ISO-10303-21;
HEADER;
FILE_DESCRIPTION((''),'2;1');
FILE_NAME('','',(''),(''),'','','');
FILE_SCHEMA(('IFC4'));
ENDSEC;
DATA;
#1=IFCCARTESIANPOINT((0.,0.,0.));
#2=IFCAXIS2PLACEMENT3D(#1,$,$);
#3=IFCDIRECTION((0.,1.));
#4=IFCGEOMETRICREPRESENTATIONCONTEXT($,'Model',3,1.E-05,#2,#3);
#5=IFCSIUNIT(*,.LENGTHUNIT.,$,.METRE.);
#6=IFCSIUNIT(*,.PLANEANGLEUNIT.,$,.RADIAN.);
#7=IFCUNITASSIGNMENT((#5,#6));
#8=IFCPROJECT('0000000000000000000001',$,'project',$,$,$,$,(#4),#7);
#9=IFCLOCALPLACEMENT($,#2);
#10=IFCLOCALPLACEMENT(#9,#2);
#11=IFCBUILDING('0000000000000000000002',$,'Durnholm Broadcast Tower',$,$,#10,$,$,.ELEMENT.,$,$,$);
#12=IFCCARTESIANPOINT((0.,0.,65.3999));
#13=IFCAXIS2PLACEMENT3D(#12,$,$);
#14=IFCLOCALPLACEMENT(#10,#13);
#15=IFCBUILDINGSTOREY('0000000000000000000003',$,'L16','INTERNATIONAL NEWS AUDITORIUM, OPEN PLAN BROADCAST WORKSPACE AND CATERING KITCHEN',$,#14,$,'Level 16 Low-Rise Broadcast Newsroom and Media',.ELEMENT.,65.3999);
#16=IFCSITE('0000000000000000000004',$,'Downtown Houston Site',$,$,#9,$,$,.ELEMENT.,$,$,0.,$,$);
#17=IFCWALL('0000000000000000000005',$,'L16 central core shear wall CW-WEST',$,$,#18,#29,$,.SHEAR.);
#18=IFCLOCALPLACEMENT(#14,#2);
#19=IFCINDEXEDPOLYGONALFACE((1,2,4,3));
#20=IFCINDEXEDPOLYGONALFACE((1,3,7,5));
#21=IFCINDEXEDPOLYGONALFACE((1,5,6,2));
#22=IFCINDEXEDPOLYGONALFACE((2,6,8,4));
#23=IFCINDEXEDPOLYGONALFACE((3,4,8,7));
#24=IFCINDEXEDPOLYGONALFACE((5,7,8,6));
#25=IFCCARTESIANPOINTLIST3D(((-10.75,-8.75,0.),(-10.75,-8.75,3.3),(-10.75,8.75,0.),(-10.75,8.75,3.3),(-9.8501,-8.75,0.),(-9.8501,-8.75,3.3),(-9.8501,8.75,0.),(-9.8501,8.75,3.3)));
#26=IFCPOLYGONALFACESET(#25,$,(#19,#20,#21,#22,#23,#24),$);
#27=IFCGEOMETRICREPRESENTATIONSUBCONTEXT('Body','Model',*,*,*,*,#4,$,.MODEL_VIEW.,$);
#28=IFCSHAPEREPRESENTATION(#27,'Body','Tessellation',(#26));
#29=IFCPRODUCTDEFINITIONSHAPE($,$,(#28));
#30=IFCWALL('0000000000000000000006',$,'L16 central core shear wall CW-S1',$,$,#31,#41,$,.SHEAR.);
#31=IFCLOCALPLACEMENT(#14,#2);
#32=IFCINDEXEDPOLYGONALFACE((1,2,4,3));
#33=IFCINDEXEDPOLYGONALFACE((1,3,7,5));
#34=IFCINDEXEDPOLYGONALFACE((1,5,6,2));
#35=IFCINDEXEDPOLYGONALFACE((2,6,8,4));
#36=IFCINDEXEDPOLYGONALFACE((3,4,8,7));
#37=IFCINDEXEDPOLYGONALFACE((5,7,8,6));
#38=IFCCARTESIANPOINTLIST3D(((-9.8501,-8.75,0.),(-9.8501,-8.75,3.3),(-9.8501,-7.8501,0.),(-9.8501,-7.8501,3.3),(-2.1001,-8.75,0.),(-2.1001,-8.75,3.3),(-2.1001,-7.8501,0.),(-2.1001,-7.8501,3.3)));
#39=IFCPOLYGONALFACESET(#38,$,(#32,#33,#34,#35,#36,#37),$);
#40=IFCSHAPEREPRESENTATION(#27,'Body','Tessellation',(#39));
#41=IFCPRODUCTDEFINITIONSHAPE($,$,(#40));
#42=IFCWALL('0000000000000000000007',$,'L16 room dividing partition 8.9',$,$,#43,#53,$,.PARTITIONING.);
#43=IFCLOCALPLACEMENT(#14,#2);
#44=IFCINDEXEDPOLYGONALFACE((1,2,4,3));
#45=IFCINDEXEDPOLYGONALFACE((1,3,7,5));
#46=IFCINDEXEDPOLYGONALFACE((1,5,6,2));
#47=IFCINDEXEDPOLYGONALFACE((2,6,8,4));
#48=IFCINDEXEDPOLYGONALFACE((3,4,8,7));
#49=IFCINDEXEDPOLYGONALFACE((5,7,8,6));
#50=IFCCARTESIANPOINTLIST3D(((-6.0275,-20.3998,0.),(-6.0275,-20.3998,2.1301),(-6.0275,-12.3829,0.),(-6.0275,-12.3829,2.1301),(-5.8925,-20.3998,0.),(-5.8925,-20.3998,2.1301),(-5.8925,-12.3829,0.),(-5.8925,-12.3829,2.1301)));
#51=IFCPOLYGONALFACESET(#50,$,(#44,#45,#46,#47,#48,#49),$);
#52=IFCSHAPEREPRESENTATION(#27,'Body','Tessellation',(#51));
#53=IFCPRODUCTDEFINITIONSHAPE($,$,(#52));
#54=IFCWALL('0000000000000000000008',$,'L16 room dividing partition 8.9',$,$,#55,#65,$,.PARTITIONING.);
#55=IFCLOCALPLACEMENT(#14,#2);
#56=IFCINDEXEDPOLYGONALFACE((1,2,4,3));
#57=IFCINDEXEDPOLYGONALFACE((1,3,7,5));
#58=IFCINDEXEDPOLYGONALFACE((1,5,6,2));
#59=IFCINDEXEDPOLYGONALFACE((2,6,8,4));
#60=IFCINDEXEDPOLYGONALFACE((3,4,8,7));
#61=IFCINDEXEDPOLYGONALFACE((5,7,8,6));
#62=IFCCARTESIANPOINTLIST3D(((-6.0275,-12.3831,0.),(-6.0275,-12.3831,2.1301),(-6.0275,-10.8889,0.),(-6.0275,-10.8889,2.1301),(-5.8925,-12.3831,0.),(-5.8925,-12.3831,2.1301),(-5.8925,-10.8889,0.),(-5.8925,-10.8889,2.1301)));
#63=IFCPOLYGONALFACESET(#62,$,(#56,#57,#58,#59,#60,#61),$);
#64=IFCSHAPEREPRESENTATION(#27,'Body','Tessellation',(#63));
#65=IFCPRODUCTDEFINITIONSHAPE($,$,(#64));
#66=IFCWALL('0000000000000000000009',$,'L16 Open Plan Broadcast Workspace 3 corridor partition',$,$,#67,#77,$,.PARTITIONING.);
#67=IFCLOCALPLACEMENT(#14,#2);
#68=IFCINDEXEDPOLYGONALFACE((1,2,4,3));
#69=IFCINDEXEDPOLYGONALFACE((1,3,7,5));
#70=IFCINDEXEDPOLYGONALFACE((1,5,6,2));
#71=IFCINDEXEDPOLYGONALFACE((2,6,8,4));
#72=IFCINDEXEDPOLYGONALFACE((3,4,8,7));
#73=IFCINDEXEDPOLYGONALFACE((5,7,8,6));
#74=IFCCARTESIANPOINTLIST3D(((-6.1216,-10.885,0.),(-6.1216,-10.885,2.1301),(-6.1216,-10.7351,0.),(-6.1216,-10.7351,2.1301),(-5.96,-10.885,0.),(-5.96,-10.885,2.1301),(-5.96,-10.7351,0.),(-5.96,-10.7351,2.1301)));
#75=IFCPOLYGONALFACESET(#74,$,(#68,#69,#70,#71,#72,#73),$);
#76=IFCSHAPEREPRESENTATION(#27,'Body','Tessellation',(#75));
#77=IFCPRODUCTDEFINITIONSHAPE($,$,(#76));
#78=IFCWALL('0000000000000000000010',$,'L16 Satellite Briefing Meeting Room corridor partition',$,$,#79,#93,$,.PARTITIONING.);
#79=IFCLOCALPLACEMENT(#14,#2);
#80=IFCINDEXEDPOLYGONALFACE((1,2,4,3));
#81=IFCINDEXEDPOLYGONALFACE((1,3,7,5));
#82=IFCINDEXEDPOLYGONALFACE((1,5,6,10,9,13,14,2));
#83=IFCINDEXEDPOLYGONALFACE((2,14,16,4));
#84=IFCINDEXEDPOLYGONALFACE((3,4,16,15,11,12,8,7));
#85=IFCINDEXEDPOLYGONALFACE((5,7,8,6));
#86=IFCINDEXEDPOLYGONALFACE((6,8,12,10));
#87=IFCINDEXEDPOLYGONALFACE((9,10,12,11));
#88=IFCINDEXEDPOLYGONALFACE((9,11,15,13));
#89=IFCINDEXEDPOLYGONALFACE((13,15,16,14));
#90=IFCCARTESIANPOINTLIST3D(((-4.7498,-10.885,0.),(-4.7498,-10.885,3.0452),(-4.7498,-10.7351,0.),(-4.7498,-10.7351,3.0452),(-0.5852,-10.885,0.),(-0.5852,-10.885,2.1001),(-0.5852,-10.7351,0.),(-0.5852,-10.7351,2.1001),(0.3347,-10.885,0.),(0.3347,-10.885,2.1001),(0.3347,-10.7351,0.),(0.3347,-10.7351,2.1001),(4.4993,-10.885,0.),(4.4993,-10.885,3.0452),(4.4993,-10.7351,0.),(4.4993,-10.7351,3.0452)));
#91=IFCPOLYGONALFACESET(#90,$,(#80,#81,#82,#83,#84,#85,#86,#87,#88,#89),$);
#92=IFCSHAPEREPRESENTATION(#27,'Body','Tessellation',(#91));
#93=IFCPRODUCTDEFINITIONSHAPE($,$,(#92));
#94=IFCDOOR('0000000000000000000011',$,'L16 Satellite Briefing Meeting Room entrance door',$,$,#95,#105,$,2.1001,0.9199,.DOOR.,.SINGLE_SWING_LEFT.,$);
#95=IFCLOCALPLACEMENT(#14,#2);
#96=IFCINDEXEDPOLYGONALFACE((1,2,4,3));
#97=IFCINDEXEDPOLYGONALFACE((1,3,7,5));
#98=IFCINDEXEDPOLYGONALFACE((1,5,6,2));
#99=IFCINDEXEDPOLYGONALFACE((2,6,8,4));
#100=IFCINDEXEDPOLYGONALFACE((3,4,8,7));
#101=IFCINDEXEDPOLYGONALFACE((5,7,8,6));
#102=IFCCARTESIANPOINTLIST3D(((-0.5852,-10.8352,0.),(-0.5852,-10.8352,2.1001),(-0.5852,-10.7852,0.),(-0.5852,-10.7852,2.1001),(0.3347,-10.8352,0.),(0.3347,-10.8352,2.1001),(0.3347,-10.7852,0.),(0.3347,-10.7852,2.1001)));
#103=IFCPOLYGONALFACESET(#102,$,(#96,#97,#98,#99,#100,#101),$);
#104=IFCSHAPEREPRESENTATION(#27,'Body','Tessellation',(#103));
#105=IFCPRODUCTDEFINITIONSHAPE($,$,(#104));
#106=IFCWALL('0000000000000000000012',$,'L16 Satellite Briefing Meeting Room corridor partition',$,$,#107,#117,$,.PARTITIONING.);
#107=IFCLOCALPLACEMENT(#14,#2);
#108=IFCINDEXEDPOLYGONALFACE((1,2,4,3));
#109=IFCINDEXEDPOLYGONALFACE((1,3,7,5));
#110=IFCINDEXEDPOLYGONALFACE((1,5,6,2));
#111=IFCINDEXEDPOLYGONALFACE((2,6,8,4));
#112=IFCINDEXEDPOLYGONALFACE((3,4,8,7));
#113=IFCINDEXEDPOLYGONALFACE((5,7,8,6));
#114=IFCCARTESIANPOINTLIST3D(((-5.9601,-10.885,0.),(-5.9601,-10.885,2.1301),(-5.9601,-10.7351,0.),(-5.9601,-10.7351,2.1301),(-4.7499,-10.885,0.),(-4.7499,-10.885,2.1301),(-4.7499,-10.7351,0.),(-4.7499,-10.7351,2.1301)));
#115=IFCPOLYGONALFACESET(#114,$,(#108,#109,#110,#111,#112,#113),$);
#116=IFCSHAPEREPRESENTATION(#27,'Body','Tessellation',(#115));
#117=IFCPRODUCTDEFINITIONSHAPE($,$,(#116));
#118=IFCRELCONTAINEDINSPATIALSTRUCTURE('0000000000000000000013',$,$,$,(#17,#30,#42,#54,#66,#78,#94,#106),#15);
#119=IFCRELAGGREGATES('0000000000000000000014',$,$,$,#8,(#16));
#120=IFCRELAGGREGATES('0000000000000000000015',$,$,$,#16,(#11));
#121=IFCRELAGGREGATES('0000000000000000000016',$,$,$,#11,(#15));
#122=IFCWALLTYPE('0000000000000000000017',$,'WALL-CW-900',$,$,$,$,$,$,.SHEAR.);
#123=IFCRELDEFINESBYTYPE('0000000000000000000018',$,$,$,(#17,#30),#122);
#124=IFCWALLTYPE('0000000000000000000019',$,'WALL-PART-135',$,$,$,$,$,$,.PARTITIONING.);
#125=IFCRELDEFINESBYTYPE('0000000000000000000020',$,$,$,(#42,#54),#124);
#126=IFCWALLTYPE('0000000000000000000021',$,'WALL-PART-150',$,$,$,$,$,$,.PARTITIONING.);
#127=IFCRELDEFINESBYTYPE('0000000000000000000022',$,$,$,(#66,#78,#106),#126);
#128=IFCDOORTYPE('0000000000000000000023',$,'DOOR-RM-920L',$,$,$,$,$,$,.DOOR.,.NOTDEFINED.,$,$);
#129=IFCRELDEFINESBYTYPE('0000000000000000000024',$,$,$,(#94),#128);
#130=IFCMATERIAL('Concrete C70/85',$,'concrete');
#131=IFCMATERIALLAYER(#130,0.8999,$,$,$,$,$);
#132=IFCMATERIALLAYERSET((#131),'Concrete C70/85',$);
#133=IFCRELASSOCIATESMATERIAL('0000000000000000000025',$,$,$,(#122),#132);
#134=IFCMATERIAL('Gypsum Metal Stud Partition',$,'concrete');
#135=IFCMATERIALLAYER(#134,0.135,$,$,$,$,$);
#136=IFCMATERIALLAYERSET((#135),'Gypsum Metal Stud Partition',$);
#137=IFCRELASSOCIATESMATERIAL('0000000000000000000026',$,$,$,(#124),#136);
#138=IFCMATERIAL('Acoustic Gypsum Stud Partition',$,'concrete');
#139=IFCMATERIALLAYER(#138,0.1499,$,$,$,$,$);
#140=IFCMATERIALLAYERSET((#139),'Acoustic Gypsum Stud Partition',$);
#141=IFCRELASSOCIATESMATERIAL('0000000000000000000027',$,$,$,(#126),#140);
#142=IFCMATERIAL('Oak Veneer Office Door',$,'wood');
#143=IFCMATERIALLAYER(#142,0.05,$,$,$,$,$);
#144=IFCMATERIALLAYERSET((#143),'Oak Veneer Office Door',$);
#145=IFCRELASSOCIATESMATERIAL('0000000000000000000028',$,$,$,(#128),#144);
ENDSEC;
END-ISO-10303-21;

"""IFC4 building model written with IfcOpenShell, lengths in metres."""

from ifc_helpers import new_model, si_unit, direction, frame, frame_2d, origin, place, context, subcontext, project, spatial, rectangle, extrude, source, transform, mapped, material, layer, layer_set, type_object, type_shapes, element, fill, save


model = new_model("IFC4")

# Units and contexts
model_context = context("Model", 3, precision=1e-05, world=origin(), true_north=direction((0.0, 1.0)))
body_context = subcontext(model_context, "Body", "Model", "MODEL_VIEW")
ifc_project = project(units=[si_unit("LENGTHUNIT", "METRE"), si_unit("PLANEANGLEUNIT", "RADIAN")], contexts=[model_context])

# Site, building, storey
site_placement = place(None, origin())
site = spatial("IfcSite", under=ifc_project, at=site_placement, Name="Downtown Houston Site", CompositionType="ELEMENT", RefElevation=0.0)
building_placement = place(site_placement, origin())
building = spatial("IfcBuilding", under=site, at=building_placement, Name="Durnholm Broadcast Tower", CompositionType="ELEMENT")
storey_placement = place(building_placement, frame((0.0, 0.0, 65.3999)))
storey = spatial("IfcBuildingStorey", under=building, at=storey_placement, Name="L16", Description="INTERNATIONAL NEWS AUDITORIUM, OPEN PLAN BROADCAST WORKSPACE AND CATERING KITCHEN", LongName="Level 16 Low-Rise Broadcast Newsroom and Media", CompositionType="ELEMENT", Elevation=65.3999)

# Shared definitions
ifc_material_1 = material(Name="Concrete C70/85", Category="concrete")

# Walls
ifc_layer_1 = layer(ifc_material_1, 0.8999)
ifc_layer_set_1 = layer_set([ifc_layer_1], Name="Concrete C70/85")
wall_type_1 = type_object("IfcWallType", Name="WALL-CW-900", PredefinedType="SHEAR", material=ifc_layer_set_1)
wall_1_placement = place(storey_placement, frame((-10.3, -8.75, 0.0), z_axis=(0.0, 0.0, 1.0), x_axis=(0.0, 1.0, 0.0)))
element("IfcWall", 1, at=wall_1_placement, inside=storey, type_object=wall_type_1, Name="L16 central core shear wall CW-WEST", PredefinedType="SHEAR", context=body_context, shape_type="SweptSolid", body=[
    extrude(rectangle(XDim=17.5, YDim=0.8999, at=frame_2d((8.75, 0.0))), origin(), (0.0, 0.0, 1.0), 3.3),
])
wall_2_placement = place(storey_placement, frame((-9.8501, -8.3, 0.0), z_axis=(0.0, 0.0, 1.0), x_axis=(1.0, 0.0, 0.0)))
element("IfcWall", 2, at=wall_2_placement, inside=storey, type_object=wall_type_1, Name="L16 central core shear wall CW-S1", PredefinedType="SHEAR", context=body_context, shape_type="SweptSolid", body=[
    extrude(rectangle(XDim=7.75, YDim=0.8999, at=frame_2d((3.875, 0.0))), origin(), (0.0, 0.0, 1.0), 3.3),
])
ifc_material_2 = material(Name="Gypsum Metal Stud Partition", Category="concrete")
ifc_layer_2 = layer(ifc_material_2, 0.135)
ifc_layer_set_2 = layer_set([ifc_layer_2], Name="Gypsum Metal Stud Partition")
wall_type_2 = type_object("IfcWallType", Name="WALL-PART-135", PredefinedType="PARTITIONING", material=ifc_layer_set_2)
wall_3_placement = place(storey_placement, frame((-5.96, -12.3831, 0.0), z_axis=(0.0, 0.0, 1.0), x_axis=(0.0, -1.0, 0.0)))
element("IfcWall", 3, at=wall_3_placement, inside=storey, type_object=wall_type_2, Name="L16 room dividing partition 8.9", PredefinedType="PARTITIONING", context=body_context, shape_type="SweptSolid", body=[
    extrude(rectangle(XDim=8.0168, YDim=0.135, at=frame_2d((4.0083, 0.0))), origin(), (0.0, 0.0, 1.0), 2.1301),
])
wall_4_placement = place(storey_placement, frame((-5.96, -10.8889, 0.0), z_axis=(0.0, 0.0, 1.0), x_axis=(0.0, -1.0, 0.0)))
element("IfcWall", 4, at=wall_4_placement, inside=storey, type_object=wall_type_2, Name="L16 room dividing partition 8.9", PredefinedType="PARTITIONING", context=body_context, shape_type="SweptSolid", body=[
    extrude(rectangle(XDim=1.4941, YDim=0.135, at=frame_2d((0.7471, 0.0))), origin(), (0.0, 0.0, 1.0), 2.1301),
])
ifc_material_3 = material(Name="Acoustic Gypsum Stud Partition", Category="concrete")
ifc_layer_3 = layer(ifc_material_3, 0.1499)
ifc_layer_set_3 = layer_set([ifc_layer_3], Name="Acoustic Gypsum Stud Partition")
wall_type_3 = type_object("IfcWallType", Name="WALL-PART-150", PredefinedType="PARTITIONING", material=ifc_layer_set_3)
wall_5_placement = place(storey_placement, frame((-6.1216, -10.8101, 0.0), z_axis=(0.0, 0.0, 1.0), x_axis=(1.0, 0.0, 0.0)))
element("IfcWall", 5, at=wall_5_placement, inside=storey, type_object=wall_type_3, Name="L16 Open Plan Broadcast Workspace 3 corridor partition", PredefinedType="PARTITIONING", context=body_context, shape_type="SweptSolid", body=[
    extrude(rectangle(XDim=0.1616, YDim=0.1499, at=frame_2d((0.0808, 0.0))), origin(), (0.0, 0.0, 1.0), 2.1301),
])

# Wall, opening, door
wall_6_placement = place(storey_placement, frame((-4.7498, -10.8101, 0.0), z_axis=(0.0, 0.0, 1.0), x_axis=(1.0, 0.0, 0.0)))
wall_6 = element("IfcWall", 6, at=wall_6_placement, inside=storey, type_object=wall_type_3, Name="L16 Satellite Briefing Meeting Room corridor partition", PredefinedType="PARTITIONING", context=body_context, shape_type="SweptSolid", body=[
    extrude(rectangle(XDim=9.249, YDim=0.1499, at=frame_2d((4.6245, 0.0))), origin(), (0.0, 0.0, 1.0), 3.0452),
])
opening_placement = place(wall_6_placement, frame((4.1646, 0.0, 0.0)))
opening = element("IfcOpeningElement", 7, at=opening_placement, cuts=wall_6, PredefinedType="OPENING", context=body_context, shape_type="SweptSolid", body=[
    extrude(rectangle(XDim=0.9199, YDim=2.1001, at=frame_2d((0.46, 1.05))), frame((0.0, 0.085, 0.0), z_axis=(0.0, -1.0, 0.0), x_axis=(1.0, 0.0, 0.0)), (0.0, 0.0, 1.0), 0.1699),
])
ifc_material_4 = material(Name="Oak Veneer Office Door", Category="wood")
ifc_layer_4 = layer(ifc_material_4, 0.05)
ifc_layer_set_4 = layer_set([ifc_layer_4], Name="Oak Veneer Office Door")
door_type = type_object("IfcDoorType", Name="DOOR-RM-920L", OperationType="NOTDEFINED", PredefinedType="DOOR", material=ifc_layer_set_4)
shared_shape_1 = source(origin(), body_context, "Body", "SweptSolid", [
    extrude(rectangle(XDim=0.9199, YDim=2.1001, at=frame_2d((0.46, 1.05))), frame((0.0, 0.0249, 0.0), z_axis=(0.0, -1.0, 0.0), x_axis=(1.0, 0.0, 0.0)), (0.0, 0.0, 1.0), 0.05),
])
type_shapes(door_type, [shared_shape_1])
door_placement = place(opening_placement, origin())
door = element("IfcDoor", 8, at=door_placement, inside=storey, type_object=door_type, Name="L16 Satellite Briefing Meeting Room entrance door", OperationType="SINGLE_SWING_LEFT", OverallHeight=2.1001, OverallWidth=0.9199, PredefinedType="DOOR", context=body_context, shape_type="MappedRepresentation", body=[
    mapped(shared_shape_1, transform((0.0, 0.0, 0.0), x_axis=(1.0, 0.0, 0.0), y_axis=(0.0, 1.0, 0.0), z_axis=(0.0, 0.0, 1.0), scale=1.0)),
])
fill(opening, door)

# Wall
wall_7_placement = place(storey_placement, frame((-5.96, -10.8101, 0.0), z_axis=(0.0, 0.0, 1.0), x_axis=(1.0, 0.0, 0.0)))
element("IfcWall", 9, at=wall_7_placement, inside=storey, type_object=wall_type_3, Name="L16 Satellite Briefing Meeting Room corridor partition", PredefinedType="PARTITIONING", context=body_context, shape_type="SweptSolid", body=[
    extrude(rectangle(XDim=1.2102, YDim=0.1499, at=frame_2d((0.605, 0.0))), origin(), (0.0, 0.0, 1.0), 2.1301),
])

save(model, "model.ifc")
